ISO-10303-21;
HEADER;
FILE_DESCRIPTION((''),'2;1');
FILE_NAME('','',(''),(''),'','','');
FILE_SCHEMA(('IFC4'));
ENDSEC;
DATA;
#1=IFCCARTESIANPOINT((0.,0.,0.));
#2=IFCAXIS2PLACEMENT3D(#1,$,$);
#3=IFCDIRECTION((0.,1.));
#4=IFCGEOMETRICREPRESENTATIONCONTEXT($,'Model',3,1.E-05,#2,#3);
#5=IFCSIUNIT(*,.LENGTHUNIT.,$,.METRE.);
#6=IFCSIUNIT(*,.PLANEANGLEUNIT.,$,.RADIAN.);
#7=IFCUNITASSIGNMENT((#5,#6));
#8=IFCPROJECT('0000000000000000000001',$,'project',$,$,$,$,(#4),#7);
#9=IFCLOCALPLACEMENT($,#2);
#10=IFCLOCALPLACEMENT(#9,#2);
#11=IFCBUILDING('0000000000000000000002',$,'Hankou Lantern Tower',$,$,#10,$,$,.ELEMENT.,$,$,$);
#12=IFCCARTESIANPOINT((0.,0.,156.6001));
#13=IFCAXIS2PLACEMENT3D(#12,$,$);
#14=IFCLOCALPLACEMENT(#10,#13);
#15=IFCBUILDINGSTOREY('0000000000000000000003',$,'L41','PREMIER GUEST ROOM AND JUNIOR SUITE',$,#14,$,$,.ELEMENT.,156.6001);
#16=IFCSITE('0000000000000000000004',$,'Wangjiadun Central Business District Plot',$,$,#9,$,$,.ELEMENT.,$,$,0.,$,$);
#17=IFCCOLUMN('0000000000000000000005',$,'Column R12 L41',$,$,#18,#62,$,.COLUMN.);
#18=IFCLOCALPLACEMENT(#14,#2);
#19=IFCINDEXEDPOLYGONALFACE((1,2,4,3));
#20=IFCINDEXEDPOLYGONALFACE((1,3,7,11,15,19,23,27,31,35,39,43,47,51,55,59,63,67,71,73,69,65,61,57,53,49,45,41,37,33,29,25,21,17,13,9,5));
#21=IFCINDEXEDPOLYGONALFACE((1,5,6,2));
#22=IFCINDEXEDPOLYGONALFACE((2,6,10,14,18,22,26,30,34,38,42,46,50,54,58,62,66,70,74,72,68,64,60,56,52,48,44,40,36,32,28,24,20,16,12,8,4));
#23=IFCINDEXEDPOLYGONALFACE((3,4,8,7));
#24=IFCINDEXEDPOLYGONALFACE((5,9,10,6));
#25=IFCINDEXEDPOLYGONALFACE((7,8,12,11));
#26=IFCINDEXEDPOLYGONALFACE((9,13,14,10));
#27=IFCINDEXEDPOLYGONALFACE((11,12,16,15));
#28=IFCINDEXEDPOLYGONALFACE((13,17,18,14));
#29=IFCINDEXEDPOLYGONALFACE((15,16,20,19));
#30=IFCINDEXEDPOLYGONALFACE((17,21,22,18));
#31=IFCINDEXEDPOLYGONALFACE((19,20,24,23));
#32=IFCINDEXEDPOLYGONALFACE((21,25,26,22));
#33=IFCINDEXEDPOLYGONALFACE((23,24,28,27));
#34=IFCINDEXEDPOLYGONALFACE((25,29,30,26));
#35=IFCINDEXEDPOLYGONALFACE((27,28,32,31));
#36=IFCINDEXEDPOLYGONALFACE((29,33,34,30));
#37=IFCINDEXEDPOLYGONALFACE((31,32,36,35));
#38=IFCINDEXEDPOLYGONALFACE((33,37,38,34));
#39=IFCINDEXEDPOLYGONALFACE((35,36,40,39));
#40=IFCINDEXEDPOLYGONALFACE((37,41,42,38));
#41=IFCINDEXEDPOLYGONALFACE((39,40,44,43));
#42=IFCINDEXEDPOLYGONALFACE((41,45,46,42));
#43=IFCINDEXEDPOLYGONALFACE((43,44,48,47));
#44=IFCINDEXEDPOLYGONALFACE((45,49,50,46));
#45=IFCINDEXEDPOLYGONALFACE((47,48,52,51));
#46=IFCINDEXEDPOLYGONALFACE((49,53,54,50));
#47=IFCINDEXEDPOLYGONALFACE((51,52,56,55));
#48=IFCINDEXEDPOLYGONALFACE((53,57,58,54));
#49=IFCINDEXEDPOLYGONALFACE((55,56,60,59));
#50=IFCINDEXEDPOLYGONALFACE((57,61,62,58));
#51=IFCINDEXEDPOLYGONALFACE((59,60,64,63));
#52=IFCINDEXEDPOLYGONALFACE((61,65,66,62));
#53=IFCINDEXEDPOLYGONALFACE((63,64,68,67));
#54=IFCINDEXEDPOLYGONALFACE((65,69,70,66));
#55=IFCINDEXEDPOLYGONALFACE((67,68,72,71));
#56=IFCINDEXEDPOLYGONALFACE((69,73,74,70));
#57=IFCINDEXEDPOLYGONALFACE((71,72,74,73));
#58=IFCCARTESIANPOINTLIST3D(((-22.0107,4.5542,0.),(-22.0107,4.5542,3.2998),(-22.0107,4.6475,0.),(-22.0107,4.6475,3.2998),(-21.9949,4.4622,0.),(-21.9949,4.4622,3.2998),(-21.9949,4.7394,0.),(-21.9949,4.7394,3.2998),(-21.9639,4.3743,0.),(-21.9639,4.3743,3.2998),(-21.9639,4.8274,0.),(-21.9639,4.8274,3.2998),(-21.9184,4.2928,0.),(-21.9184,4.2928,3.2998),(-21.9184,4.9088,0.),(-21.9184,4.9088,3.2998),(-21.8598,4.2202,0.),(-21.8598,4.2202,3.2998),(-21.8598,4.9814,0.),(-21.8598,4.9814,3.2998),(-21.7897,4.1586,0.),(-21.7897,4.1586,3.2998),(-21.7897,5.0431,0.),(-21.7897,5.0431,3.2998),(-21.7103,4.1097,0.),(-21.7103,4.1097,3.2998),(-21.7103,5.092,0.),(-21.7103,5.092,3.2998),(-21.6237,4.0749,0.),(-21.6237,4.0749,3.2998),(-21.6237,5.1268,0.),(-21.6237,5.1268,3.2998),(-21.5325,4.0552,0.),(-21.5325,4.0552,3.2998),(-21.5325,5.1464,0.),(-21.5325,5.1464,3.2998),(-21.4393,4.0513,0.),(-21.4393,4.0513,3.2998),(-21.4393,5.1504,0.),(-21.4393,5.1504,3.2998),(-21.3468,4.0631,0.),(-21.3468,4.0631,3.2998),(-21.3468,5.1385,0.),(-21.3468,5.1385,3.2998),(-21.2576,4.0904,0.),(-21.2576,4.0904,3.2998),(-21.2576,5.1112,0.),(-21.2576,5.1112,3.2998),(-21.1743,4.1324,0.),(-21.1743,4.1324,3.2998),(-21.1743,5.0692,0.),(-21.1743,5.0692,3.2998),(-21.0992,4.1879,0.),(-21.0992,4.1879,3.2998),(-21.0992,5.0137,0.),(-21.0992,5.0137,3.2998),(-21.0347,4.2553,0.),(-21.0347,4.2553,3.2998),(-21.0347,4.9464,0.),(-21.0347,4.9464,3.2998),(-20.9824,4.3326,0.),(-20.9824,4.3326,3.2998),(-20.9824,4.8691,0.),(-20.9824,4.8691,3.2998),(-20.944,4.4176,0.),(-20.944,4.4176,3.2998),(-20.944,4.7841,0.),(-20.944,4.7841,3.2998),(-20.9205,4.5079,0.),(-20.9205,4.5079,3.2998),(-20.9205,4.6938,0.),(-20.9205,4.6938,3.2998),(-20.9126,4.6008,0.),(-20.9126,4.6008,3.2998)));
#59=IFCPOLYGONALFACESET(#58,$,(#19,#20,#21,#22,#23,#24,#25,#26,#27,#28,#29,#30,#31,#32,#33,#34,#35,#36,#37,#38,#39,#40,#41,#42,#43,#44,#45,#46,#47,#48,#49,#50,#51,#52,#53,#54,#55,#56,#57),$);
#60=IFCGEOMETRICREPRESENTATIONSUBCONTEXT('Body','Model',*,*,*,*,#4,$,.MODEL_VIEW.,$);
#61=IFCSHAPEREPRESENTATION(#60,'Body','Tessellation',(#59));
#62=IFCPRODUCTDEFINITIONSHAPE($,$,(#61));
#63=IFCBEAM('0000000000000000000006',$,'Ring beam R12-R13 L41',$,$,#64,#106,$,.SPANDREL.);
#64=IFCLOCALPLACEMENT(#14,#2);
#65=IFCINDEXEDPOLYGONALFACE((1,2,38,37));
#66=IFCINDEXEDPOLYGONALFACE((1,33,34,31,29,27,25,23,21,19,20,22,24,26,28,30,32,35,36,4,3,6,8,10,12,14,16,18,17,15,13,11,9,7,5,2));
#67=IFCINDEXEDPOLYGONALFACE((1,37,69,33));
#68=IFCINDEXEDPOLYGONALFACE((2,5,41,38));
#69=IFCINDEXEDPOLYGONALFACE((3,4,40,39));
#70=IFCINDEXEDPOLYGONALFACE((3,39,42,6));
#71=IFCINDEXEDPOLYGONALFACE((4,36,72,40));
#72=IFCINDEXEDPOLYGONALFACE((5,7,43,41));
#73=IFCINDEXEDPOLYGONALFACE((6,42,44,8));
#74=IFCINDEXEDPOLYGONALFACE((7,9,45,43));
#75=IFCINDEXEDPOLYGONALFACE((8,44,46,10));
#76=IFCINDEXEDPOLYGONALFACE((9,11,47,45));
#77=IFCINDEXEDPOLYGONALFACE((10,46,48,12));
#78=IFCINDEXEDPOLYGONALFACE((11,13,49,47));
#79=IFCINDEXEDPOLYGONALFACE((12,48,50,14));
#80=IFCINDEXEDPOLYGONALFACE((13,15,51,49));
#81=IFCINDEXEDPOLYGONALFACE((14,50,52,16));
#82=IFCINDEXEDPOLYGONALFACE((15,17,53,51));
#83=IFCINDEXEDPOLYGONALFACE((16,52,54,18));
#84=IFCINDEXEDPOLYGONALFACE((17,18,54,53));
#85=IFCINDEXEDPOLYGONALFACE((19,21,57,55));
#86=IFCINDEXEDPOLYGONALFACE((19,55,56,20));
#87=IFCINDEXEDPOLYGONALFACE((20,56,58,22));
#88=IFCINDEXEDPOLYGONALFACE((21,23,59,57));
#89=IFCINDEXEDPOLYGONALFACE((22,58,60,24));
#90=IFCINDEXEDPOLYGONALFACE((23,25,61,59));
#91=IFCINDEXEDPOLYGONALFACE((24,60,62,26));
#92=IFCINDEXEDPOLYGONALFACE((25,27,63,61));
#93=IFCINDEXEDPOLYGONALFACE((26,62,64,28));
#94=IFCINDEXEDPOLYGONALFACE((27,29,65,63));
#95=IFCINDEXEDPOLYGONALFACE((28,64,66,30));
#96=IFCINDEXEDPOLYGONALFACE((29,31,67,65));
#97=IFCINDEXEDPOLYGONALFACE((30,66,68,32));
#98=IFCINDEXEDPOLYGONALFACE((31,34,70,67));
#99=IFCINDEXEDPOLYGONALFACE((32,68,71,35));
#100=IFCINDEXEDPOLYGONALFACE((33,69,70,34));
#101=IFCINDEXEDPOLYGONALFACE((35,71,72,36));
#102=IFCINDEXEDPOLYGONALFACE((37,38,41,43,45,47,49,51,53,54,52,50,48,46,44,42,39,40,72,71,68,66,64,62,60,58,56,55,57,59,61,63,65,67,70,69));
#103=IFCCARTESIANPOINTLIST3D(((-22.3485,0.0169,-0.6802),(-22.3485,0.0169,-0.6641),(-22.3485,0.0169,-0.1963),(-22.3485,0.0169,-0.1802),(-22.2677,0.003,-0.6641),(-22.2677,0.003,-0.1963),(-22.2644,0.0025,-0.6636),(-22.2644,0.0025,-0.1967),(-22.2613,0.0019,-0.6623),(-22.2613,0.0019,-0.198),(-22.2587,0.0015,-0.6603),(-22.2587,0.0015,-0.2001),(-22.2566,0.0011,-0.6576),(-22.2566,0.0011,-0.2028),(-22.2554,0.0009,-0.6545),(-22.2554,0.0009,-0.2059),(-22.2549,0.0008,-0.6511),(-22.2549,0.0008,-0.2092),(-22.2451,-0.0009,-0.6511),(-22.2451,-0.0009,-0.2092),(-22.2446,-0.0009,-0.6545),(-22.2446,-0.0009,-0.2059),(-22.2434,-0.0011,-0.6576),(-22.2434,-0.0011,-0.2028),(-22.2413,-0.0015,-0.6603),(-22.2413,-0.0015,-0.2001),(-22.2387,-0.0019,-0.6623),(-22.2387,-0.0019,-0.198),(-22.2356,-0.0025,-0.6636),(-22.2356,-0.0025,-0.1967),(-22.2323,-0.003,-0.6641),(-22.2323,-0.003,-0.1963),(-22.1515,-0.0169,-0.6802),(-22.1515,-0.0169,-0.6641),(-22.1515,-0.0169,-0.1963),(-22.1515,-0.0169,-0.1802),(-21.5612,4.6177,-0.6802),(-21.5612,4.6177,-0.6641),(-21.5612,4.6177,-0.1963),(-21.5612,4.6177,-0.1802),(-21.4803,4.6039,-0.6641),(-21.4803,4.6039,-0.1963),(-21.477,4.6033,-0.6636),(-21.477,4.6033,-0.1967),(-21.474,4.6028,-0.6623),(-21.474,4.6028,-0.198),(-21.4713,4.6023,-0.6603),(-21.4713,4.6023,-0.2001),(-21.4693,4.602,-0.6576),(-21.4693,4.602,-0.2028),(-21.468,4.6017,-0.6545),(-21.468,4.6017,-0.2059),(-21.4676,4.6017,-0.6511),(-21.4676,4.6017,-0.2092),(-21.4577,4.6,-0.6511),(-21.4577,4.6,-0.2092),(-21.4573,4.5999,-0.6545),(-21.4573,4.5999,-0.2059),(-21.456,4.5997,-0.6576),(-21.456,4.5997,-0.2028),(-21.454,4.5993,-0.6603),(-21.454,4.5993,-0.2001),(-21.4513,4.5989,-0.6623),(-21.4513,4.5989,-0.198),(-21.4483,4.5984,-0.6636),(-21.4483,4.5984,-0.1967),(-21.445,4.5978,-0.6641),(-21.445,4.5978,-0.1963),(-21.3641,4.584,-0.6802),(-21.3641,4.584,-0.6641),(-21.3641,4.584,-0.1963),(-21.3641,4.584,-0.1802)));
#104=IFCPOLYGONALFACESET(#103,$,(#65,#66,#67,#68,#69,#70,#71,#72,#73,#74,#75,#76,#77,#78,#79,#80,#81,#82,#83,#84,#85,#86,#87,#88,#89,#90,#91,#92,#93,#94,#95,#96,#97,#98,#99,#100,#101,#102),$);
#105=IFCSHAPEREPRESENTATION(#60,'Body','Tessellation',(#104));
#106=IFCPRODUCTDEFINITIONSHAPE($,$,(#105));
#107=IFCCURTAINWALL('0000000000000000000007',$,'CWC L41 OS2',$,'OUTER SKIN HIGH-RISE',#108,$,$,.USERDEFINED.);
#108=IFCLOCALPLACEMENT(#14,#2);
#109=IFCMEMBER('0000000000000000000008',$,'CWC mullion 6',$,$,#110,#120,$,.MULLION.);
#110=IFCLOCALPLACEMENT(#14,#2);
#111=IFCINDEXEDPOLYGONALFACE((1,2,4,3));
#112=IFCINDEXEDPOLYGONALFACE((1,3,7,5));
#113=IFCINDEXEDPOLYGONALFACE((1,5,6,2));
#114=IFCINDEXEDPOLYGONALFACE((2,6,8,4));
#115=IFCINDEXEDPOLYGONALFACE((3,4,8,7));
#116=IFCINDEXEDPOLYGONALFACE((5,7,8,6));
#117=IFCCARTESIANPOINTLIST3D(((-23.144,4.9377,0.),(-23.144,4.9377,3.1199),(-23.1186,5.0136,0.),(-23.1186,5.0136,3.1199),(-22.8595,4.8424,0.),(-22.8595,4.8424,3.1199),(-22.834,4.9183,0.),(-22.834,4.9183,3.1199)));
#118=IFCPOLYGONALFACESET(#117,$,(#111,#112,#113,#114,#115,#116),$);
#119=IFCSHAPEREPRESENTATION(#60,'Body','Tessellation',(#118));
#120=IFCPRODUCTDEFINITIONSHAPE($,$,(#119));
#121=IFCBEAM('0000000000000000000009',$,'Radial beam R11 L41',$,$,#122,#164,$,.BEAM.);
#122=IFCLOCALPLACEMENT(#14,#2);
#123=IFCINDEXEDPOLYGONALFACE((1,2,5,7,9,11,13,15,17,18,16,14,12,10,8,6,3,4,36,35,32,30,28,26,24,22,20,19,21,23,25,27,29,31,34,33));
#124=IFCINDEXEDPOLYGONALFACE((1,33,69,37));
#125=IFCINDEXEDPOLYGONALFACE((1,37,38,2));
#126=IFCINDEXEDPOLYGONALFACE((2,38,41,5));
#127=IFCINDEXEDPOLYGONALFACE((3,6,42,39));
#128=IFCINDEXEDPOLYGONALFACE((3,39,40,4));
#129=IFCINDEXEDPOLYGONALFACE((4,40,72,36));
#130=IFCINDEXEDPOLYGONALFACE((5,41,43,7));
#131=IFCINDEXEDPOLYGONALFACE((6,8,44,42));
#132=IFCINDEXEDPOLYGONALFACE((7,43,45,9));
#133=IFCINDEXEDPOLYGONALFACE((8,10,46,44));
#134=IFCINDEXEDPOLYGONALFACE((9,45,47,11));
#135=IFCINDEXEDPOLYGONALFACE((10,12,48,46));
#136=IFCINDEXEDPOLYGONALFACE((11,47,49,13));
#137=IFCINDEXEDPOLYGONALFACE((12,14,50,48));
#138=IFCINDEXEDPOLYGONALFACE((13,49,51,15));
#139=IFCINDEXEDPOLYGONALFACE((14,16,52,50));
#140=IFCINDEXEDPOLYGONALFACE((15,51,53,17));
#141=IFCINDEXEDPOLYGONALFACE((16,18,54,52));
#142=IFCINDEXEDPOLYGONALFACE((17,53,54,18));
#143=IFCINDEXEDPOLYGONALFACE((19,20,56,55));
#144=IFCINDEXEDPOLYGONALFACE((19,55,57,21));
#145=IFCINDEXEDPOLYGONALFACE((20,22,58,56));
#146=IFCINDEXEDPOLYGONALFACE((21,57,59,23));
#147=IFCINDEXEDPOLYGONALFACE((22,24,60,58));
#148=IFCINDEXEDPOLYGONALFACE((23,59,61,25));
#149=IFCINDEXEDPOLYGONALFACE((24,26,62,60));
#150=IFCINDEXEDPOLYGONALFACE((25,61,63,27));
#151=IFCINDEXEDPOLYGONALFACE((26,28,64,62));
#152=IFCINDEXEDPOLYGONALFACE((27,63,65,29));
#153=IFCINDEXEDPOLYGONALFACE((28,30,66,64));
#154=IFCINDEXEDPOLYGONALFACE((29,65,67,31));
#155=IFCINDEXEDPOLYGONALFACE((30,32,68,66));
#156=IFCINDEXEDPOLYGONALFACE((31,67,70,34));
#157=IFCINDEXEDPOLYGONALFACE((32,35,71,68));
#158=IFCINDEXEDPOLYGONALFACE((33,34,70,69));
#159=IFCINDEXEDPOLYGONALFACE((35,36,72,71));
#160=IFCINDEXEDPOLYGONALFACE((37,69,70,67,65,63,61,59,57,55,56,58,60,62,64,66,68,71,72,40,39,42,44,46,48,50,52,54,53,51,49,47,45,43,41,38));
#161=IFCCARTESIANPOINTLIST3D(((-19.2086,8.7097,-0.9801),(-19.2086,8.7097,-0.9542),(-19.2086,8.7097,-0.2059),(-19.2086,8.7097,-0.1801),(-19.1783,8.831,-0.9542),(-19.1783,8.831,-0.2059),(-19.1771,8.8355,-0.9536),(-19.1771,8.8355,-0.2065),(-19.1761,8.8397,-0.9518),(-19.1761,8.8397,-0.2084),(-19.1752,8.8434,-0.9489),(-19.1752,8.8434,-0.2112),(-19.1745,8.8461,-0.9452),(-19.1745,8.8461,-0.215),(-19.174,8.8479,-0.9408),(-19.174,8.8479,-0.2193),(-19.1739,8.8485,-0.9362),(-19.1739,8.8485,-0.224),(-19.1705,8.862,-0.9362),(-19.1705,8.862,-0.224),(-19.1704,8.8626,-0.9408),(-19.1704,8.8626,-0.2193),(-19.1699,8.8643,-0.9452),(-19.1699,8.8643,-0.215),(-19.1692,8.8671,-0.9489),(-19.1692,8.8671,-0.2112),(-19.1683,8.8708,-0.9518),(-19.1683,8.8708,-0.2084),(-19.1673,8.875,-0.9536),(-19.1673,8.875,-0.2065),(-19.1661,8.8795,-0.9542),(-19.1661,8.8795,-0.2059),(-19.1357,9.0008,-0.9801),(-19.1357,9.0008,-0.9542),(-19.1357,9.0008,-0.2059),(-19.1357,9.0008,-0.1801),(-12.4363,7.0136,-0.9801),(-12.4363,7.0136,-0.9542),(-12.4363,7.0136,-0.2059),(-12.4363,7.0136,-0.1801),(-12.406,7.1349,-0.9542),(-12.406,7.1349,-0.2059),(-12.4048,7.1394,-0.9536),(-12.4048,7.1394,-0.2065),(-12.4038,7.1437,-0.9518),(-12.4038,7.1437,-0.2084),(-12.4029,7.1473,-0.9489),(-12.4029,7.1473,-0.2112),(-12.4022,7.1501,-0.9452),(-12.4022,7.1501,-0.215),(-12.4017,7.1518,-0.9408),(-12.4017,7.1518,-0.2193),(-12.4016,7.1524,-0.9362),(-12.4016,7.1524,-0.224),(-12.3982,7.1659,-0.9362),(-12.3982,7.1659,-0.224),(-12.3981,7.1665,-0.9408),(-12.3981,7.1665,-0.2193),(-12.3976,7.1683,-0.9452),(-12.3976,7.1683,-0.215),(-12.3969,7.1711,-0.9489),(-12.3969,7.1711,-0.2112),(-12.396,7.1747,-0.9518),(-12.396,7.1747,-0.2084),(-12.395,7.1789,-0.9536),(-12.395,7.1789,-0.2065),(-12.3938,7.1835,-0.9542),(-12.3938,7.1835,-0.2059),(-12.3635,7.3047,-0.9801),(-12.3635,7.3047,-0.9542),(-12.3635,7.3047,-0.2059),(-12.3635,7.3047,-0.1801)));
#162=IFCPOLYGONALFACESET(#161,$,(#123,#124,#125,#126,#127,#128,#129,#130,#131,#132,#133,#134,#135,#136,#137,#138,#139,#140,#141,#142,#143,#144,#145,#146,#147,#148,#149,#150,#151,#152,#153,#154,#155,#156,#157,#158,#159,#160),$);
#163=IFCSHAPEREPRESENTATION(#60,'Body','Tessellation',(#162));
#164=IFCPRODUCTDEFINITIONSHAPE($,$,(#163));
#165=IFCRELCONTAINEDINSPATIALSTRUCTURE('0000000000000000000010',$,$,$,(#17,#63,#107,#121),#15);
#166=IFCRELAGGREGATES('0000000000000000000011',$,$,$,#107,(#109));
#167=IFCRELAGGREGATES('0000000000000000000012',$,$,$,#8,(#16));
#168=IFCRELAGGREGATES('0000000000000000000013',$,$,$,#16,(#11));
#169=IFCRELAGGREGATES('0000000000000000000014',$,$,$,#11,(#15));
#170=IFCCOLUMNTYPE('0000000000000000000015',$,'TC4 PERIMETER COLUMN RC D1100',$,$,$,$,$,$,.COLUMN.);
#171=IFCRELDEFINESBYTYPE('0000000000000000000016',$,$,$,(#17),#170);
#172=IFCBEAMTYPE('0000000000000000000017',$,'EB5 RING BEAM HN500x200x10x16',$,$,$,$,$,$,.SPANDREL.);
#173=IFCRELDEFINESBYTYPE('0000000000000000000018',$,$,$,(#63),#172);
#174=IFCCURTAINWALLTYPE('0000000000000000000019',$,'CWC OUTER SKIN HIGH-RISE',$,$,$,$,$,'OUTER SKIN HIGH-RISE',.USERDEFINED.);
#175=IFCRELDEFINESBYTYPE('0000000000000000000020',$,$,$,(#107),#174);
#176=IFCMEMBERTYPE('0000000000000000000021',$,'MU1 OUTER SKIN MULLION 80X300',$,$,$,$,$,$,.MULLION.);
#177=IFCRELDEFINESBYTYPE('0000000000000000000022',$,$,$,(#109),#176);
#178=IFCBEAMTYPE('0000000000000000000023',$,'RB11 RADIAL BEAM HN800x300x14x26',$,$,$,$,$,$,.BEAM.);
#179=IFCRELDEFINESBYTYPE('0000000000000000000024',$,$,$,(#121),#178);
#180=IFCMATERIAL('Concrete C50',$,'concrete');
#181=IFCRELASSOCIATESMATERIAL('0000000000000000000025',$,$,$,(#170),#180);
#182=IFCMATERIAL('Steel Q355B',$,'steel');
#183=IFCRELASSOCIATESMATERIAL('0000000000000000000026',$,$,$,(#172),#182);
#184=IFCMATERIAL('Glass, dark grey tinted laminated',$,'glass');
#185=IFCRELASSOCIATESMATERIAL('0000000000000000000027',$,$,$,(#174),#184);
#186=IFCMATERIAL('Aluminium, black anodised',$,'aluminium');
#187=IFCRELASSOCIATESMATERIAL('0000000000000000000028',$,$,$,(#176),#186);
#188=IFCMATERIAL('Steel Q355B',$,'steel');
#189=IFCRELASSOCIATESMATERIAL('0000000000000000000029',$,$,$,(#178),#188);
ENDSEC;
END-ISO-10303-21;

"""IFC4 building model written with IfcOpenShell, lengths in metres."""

from ifc_helpers import new_model, si_unit, direction, frame, origin, origin_2d, place, context, subcontext, project, spatial, rectangle, circle, i_section, extrude, material, material_profile, profile_set, type_object, element, aggregate, save


model = new_model("IFC4")

# Units and contexts
model_context = context("Model", 3, precision=1e-05, world=origin(), true_north=direction((0.0, 1.0)))
body_context = subcontext(model_context, "Body", "Model", "MODEL_VIEW")
ifc_project = project(units=[si_unit("LENGTHUNIT", "METRE"), si_unit("PLANEANGLEUNIT", "RADIAN")], contexts=[model_context])

# Site, building, storey
site_placement = place(None, origin())
site = spatial("IfcSite", under=ifc_project, at=site_placement, Name="Wangjiadun Central Business District Plot", CompositionType="ELEMENT", RefElevation=0.0)
building_placement = place(site_placement, origin())
building = spatial("IfcBuilding", under=site, at=building_placement, Name="Hankou Lantern Tower", CompositionType="ELEMENT")
storey_placement = place(building_placement, frame((0.0, 0.0, 156.6001)))
storey = spatial("IfcBuildingStorey", under=building, at=storey_placement, Name="L41", Description="PREMIER GUEST ROOM AND JUNIOR SUITE", CompositionType="ELEMENT", Elevation=156.6001)

# Column
ifc_material_1 = material(Name="Concrete C50", Category="concrete")
ifc_material_profile_1 = material_profile(ifc_material_1, circle(Radius=0.55, at=origin_2d()), Name="RC D1100")
ifc_profile_set_1 = profile_set([ifc_material_profile_1], Name="Concrete C50")
column_type = type_object("IfcColumnType", Name="TC4 PERIMETER COLUMN RC D1100", PredefinedType="COLUMN", material=ifc_profile_set_1)
column_placement = place(storey_placement, frame((-21.4626, 4.6008, 0.0), z_axis=(0.0, 0.0, 1.0), x_axis=(1.0, 0.0, 0.0)))
element("IfcColumn", 1, at=column_placement, inside=storey, type_object=column_type, Name="Column R12 L41", PredefinedType="COLUMN", context=body_context, shape_type="SweptSolid", body=[
    extrude(circle(Radius=0.55, at=origin_2d()), origin(), (0.0, 0.0, 1.0), 3.2998),
])

# Beam
ifc_material_2 = material(Name="Steel Q355B", Category="steel")
ifc_material_profile_2 = material_profile(ifc_material_2, i_section(OverallWidth=0.2, OverallDepth=0.5, WebThickness=0.01, FlangeThickness=0.0161, FilletRadius=0.0129, at=origin_2d()), Name="HN500x200x10x16")
ifc_profile_set_2 = profile_set([ifc_material_profile_2], Name="Steel Q355B")
beam_type_1 = type_object("IfcBeamType", Name="EB5 RING BEAM HN500x200x10x16", PredefinedType="SPANDREL", material=ifc_profile_set_2)
beam_1_placement = place(storey_placement, frame((-21.4626, 4.6008, -0.4302), z_axis=(-0.168681, -0.985671, 0.0), x_axis=(0.985671, -0.168681, 0.0)))
element("IfcBeam", 2, at=beam_1_placement, inside=storey, type_object=beam_type_1, Name="Ring beam R12-R13 L41", PredefinedType="SPANDREL", context=body_context, shape_type="SweptSolid", body=[
    extrude(i_section(OverallWidth=0.2, OverallDepth=0.5, WebThickness=0.01, FlangeThickness=0.0161, FilletRadius=0.0129, at=origin_2d()), origin(), (0.0, 0.0, 1.0), 4.6677),
])

# Curtain wall, member
ifc_material_3 = material(Name="Glass, dark grey tinted laminated", Category="glass")
curtain_wall_type = type_object("IfcCurtainWallType", Name="CWC OUTER SKIN HIGH-RISE", ElementType="OUTER SKIN HIGH-RISE", PredefinedType="USERDEFINED", material=ifc_material_3)
curtain_wall_placement = place(storey_placement, origin())
curtain_wall = element("IfcCurtainWall", 3, at=curtain_wall_placement, inside=storey, type_object=curtain_wall_type, Name="CWC L41 OS2", ObjectType="OUTER SKIN HIGH-RISE", PredefinedType="USERDEFINED")
ifc_material_4 = material(Name="Aluminium, black anodised", Category="aluminium")
ifc_material_profile_3 = material_profile(ifc_material_4, rectangle(XDim=0.0801, YDim=0.3, at=origin_2d()), Name="MU1 80X300")
ifc_profile_set_3 = profile_set([ifc_material_profile_3], Name="Aluminium, black anodised")
member_type_1 = type_object("IfcMemberType", Name="MU1 OUTER SKIN MULLION 80X300", PredefinedType="MULLION", material=ifc_profile_set_3)
member_1_placement = place(storey_placement, frame((-22.989, 4.928, 0.0), z_axis=(0.0, 0.0, 1.0), x_axis=(-0.317596, -0.948226, 0.0)))
member_1 = element("IfcMember", 4, at=member_1_placement, type_object=member_type_1, Name="CWC mullion 6", PredefinedType="MULLION", context=body_context, shape_type="SweptSolid", body=[
    extrude(rectangle(XDim=0.0801, YDim=0.3, at=origin_2d()), origin(), (0.0, 0.0, 1.0), 3.1199),
])

# Beam
ifc_material_5 = material(Name="Steel Q355B", Category="steel")
ifc_material_profile_4 = material_profile(ifc_material_5, i_section(OverallWidth=0.3, OverallDepth=0.8, WebThickness=0.0139, FlangeThickness=0.0259, FilletRadius=0.0181, at=origin_2d()), Name="HN800x300x14x26")
ifc_profile_set_4 = profile_set([ifc_material_profile_4], Name="Steel Q355B")
beam_type_2 = type_object("IfcBeamType", Name="RB11 RADIAL BEAM HN800x300x14x26", PredefinedType="BEAM", material=ifc_profile_set_4)
beam_2_placement = place(storey_placement, frame((-12.3999, 7.1592, -0.5801), z_axis=(-0.970042, 0.242939, 0.0), x_axis=(-0.242939, -0.970042, 0.0)))
element("IfcBeam", 5, at=beam_2_placement, inside=storey, type_object=beam_type_2, Name="Radial beam R11 L41", PredefinedType="BEAM", context=body_context, shape_type="SweptSolid", body=[
    extrude(i_section(OverallWidth=0.3, OverallDepth=0.8, WebThickness=0.0139, FlangeThickness=0.0259, FilletRadius=0.0181, at=origin_2d()), origin(), (0.0, 0.0, 1.0), 6.9814),
])

aggregate(curtain_wall, [member_1])

save(model, "model.ifc")
